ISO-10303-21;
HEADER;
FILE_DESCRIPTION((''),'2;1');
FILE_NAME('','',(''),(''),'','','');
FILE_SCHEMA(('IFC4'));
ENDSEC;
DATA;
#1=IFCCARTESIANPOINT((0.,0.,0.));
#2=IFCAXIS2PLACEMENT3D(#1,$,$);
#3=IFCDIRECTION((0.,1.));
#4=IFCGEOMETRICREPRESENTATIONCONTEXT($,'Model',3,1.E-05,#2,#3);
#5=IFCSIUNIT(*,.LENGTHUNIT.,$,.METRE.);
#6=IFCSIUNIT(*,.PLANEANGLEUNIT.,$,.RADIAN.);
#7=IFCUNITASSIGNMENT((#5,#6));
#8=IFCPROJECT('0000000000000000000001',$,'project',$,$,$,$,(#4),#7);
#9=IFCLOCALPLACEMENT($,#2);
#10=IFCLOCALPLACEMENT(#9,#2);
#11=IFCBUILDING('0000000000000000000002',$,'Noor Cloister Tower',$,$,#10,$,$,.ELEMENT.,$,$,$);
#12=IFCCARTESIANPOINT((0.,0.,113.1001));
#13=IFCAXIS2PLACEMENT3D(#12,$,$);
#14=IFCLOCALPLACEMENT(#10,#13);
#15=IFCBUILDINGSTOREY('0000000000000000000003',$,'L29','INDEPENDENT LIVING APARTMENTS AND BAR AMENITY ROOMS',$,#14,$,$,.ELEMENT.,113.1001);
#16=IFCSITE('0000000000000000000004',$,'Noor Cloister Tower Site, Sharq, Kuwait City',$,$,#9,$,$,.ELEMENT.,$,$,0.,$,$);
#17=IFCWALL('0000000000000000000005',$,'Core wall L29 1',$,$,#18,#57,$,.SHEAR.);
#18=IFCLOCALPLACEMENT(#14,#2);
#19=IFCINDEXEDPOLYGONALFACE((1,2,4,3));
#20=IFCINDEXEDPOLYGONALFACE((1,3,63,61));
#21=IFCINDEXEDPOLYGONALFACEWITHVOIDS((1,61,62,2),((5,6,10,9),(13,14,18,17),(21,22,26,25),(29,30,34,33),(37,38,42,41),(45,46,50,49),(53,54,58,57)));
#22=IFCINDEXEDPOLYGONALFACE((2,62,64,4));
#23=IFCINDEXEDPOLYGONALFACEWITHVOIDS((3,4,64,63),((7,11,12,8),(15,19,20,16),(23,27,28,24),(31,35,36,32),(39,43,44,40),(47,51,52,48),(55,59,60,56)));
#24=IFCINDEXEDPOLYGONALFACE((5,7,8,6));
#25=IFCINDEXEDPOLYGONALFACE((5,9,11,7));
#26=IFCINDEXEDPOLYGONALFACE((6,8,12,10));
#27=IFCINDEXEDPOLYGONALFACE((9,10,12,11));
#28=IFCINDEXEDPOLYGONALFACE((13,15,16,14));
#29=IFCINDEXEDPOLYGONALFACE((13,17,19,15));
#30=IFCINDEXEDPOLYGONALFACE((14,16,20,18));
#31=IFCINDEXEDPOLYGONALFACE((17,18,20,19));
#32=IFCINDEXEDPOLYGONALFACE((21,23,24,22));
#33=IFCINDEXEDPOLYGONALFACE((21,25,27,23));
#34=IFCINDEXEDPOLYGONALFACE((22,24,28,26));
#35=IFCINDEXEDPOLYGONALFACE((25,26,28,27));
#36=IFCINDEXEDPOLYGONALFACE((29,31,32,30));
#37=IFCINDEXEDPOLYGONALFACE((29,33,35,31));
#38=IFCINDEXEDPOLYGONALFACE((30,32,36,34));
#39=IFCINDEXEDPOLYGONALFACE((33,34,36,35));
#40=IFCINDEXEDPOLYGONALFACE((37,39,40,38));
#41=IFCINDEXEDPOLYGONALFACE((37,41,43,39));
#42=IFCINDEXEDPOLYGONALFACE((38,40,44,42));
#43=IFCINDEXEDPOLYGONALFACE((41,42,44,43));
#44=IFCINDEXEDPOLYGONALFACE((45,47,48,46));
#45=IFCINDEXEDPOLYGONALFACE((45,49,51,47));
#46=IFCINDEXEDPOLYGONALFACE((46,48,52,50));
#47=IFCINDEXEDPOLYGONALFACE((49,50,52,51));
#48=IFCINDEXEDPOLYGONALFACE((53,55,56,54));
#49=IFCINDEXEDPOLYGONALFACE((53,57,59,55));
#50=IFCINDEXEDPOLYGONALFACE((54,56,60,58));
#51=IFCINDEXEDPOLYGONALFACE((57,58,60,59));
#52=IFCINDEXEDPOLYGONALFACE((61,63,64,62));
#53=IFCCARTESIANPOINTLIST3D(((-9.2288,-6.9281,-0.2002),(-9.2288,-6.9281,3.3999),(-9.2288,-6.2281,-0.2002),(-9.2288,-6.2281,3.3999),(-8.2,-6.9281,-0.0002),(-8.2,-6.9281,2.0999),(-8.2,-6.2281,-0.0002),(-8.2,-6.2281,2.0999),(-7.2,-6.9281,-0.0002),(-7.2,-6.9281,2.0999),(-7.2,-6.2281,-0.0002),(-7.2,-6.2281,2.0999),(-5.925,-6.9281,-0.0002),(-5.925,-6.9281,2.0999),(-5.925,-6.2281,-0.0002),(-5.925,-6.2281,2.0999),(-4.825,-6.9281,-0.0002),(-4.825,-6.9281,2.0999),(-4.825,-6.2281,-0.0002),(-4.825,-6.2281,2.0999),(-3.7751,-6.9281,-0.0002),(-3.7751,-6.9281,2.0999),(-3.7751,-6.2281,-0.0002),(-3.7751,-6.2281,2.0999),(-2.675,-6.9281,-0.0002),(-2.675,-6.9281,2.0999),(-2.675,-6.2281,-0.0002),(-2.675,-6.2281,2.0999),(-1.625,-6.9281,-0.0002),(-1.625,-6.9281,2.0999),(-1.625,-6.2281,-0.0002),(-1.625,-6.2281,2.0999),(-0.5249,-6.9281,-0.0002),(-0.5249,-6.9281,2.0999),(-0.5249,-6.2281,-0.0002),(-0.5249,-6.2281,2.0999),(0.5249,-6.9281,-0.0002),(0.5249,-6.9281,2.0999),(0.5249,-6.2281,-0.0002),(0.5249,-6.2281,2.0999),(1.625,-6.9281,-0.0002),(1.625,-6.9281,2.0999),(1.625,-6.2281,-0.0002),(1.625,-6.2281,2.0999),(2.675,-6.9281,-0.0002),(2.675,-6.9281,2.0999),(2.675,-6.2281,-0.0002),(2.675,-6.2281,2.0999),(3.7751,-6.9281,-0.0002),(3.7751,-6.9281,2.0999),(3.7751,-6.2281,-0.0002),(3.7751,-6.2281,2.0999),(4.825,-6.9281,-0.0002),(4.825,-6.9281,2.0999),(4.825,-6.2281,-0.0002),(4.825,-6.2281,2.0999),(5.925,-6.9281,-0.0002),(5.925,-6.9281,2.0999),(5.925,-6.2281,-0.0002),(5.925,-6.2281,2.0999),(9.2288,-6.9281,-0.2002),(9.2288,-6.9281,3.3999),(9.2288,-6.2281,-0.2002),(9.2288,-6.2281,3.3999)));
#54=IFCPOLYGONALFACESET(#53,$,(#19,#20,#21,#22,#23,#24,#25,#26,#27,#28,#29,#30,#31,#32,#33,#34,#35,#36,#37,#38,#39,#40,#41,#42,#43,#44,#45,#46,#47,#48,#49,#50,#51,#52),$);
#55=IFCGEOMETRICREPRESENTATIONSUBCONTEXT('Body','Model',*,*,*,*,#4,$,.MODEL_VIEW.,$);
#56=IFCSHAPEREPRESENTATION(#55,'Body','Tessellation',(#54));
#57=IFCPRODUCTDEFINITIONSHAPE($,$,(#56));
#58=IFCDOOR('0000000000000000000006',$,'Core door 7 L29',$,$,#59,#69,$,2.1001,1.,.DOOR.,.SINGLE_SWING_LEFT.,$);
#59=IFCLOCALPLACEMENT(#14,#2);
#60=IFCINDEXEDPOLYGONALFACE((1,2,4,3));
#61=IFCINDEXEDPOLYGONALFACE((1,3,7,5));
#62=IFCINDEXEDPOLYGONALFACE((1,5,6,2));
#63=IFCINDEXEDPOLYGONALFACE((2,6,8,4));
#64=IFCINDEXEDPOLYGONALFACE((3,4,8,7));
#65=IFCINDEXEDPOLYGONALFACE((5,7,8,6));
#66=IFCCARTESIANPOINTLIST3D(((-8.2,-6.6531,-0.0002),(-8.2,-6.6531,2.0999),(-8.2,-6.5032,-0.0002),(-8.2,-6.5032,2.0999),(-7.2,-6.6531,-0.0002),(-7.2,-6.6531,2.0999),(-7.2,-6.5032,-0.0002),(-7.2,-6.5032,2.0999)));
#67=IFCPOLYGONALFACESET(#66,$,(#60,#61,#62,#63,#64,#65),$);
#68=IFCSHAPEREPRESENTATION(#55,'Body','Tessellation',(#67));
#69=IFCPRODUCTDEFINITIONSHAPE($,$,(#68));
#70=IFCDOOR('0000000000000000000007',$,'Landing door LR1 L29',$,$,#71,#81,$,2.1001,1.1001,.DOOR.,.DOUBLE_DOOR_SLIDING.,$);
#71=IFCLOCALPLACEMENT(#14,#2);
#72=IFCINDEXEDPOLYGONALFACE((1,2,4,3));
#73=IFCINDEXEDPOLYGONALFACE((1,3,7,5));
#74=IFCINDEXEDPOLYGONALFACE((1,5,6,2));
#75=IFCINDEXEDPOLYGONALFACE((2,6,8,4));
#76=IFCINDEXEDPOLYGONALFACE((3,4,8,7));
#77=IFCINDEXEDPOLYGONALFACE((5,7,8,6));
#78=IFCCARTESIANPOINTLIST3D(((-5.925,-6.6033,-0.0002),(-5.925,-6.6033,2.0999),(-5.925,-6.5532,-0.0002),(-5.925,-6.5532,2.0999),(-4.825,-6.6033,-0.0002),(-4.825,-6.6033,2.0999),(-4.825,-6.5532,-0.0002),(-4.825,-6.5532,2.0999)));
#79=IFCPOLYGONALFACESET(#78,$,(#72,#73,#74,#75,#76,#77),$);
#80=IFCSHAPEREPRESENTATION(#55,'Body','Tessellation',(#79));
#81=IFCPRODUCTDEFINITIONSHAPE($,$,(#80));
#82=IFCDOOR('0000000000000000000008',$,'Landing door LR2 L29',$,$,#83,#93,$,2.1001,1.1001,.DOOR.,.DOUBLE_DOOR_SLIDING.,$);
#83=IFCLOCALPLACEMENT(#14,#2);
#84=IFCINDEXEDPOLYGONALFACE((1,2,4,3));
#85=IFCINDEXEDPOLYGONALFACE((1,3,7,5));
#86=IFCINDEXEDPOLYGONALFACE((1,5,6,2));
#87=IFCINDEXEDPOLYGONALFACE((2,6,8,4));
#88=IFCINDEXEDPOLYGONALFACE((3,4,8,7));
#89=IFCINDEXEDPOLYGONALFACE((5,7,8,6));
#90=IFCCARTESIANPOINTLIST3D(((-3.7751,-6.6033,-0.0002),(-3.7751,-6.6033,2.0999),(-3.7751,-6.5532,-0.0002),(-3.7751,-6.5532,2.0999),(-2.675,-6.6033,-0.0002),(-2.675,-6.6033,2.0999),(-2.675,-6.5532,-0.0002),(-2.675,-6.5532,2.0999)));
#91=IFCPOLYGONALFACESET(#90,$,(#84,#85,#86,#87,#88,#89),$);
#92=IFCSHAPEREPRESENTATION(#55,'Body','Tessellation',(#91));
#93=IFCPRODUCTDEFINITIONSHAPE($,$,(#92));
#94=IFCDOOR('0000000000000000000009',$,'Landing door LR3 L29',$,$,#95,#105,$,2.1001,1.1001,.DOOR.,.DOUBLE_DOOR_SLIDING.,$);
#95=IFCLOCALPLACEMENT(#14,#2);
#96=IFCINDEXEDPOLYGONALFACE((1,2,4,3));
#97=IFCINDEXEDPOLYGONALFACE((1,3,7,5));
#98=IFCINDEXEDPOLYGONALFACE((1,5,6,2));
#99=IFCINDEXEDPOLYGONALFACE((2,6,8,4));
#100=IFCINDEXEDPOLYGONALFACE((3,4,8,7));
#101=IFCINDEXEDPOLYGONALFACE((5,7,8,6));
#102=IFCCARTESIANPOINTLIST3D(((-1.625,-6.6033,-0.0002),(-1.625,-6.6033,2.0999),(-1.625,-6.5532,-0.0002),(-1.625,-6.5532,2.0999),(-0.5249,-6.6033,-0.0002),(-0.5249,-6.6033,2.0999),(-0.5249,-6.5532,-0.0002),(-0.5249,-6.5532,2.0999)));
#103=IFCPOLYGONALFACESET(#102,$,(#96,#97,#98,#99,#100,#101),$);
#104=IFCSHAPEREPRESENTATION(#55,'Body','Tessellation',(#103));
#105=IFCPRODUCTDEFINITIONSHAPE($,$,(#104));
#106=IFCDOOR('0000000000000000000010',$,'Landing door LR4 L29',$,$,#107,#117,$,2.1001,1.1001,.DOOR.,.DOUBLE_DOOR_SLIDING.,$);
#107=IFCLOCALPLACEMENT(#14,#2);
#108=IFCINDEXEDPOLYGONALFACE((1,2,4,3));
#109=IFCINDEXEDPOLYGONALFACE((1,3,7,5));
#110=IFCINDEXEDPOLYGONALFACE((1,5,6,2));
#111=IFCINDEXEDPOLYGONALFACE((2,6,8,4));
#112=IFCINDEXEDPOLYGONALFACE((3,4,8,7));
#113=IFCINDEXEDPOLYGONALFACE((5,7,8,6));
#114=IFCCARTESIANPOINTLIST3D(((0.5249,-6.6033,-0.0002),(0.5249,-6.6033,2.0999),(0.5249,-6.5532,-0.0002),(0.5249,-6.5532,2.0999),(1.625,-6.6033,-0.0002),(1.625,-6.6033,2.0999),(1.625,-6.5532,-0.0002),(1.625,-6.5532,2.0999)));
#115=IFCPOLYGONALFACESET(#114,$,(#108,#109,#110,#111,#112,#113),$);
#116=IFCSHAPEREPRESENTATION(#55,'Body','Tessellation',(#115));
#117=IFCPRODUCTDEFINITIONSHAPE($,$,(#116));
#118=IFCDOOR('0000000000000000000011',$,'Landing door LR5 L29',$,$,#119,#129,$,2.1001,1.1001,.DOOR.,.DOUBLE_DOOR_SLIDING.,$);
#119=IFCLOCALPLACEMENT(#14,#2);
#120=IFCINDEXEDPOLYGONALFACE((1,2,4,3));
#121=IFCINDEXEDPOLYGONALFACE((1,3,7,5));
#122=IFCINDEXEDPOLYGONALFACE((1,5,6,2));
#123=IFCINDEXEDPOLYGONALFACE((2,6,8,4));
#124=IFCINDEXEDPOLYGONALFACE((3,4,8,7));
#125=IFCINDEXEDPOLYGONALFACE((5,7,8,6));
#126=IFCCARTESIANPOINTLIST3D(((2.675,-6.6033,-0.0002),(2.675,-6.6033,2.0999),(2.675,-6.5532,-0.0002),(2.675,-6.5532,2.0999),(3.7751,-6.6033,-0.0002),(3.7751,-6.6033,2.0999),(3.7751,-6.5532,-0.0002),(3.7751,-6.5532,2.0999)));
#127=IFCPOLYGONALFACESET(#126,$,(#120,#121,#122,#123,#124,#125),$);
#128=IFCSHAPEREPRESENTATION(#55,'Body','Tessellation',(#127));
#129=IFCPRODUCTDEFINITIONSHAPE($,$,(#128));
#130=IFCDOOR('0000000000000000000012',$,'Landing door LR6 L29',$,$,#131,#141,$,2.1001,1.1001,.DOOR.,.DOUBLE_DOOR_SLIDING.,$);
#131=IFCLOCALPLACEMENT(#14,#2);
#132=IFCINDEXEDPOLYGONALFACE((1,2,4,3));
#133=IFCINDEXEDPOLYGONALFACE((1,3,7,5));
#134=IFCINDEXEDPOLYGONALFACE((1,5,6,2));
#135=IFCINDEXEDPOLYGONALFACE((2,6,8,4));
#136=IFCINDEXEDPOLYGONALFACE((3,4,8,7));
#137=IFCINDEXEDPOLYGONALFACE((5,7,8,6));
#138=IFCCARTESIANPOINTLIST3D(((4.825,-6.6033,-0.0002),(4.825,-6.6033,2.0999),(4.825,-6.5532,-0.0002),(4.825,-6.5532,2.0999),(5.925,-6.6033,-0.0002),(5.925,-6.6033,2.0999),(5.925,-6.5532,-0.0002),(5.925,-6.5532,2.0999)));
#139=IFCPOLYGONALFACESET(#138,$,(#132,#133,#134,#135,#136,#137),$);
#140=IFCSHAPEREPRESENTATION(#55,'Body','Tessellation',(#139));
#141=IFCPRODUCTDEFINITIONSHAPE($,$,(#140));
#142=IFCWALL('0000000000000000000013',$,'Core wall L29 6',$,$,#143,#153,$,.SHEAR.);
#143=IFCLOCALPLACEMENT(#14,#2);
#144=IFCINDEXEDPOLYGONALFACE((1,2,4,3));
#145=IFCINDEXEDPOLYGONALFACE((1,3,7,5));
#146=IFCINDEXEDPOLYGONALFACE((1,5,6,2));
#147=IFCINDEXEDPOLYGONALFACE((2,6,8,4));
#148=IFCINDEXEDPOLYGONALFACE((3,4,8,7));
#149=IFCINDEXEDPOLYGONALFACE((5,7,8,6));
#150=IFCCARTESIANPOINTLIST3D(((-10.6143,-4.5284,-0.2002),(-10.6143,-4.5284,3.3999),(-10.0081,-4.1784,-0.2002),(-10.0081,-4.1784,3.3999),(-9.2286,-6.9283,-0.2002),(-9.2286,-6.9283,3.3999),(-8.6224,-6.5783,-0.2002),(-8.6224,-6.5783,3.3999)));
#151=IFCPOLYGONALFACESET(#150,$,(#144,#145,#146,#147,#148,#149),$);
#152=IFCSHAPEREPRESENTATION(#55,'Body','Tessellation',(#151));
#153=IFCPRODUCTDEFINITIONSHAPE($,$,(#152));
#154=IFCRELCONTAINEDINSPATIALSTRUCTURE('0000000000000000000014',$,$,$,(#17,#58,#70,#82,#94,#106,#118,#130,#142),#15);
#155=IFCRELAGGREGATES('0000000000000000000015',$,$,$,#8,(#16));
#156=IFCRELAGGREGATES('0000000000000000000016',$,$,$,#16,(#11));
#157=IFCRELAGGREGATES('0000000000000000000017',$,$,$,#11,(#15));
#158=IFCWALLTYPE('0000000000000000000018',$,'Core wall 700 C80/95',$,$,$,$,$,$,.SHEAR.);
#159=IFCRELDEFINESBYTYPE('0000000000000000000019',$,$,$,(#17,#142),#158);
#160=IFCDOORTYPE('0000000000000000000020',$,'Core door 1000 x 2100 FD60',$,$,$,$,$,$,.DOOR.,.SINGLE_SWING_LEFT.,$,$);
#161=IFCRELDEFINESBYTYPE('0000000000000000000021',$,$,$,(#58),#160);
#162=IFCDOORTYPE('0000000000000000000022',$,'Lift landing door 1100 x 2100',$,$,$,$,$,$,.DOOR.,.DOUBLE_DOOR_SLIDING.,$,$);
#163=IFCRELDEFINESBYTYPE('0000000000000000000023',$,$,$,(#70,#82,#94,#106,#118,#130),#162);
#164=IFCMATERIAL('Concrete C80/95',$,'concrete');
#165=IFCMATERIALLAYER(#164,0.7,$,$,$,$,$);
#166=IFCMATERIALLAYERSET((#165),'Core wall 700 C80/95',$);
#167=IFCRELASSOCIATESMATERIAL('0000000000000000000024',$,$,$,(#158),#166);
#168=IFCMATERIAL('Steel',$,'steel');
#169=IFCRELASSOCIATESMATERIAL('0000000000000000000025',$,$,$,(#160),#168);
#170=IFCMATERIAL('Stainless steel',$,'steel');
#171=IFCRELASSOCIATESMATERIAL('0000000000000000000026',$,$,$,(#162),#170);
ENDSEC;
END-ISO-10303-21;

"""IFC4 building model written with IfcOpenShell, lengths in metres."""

from ifc_helpers import new_model, si_unit, direction, frame, frame_2d, origin, place, context, subcontext, project, spatial, rectangle, extrude, material, layer, layer_set, type_object, element, fill, save


model = new_model("IFC4")

# Units and contexts
model_context = context("Model", 3, precision=1e-05, world=origin(), true_north=direction((0.0, 1.0)))
body_context = subcontext(model_context, "Body", "Model", "MODEL_VIEW")
ifc_project = project(units=[si_unit("LENGTHUNIT", "METRE"), si_unit("PLANEANGLEUNIT", "RADIAN")], contexts=[model_context])

# Site, building, storey
site_placement = place(None, origin())
site = spatial("IfcSite", under=ifc_project, at=site_placement, Name="Noor Cloister Tower Site, Sharq, Kuwait City", CompositionType="ELEMENT", RefElevation=0.0)
building_placement = place(site_placement, origin())
building = spatial("IfcBuilding", under=site, at=building_placement, Name="Noor Cloister Tower", CompositionType="ELEMENT")
storey_placement = place(building_placement, frame((0.0, 0.0, 113.1001)))
storey = spatial("IfcBuildingStorey", under=building, at=storey_placement, Name="L29", Description="INDEPENDENT LIVING APARTMENTS AND BAR AMENITY ROOMS", CompositionType="ELEMENT", Elevation=113.1001)

# Wall, openings, doors
ifc_material_1 = material(Name="Concrete C80/95", Category="concrete")
ifc_layer_1 = layer(ifc_material_1, 0.7)
ifc_layer_set_1 = layer_set([ifc_layer_1], Name="Core wall 700 C80/95")
wall_type_1 = type_object("IfcWallType", Name="Core wall 700 C80/95", PredefinedType="SHEAR", material=ifc_layer_set_1)
wall_1_placement = place(storey_placement, frame((-9.2288, -6.5781, -0.2002), z_axis=(0.0, 0.0, 1.0), x_axis=(1.0, 0.0, 0.0)))
wall_1 = element("IfcWall", 1, at=wall_1_placement, inside=storey, type_object=wall_type_1, Name="Core wall L29 1", PredefinedType="SHEAR", context=body_context, shape_type="SweptSolid", body=[
    extrude(rectangle(XDim=18.4575, YDim=0.7, at=frame_2d((9.2288, 0.0))), origin(), (0.0, 0.0, 1.0), 3.6001),
])
opening_1_placement = place(wall_1_placement, frame((3.3037, 0.0, 0.2)))
opening_1 = element("IfcOpeningElement", 2, at=opening_1_placement, cuts=wall_1, PredefinedType="OPENING", context=body_context, shape_type="SweptSolid", body=[
    extrude(rectangle(XDim=1.1001, YDim=2.1001, at=frame_2d((0.55, 1.05))), frame((0.0, 0.3599, 0.0), z_axis=(0.0, -1.0, 0.0), x_axis=(1.0, 0.0, 0.0)), (0.0, 0.0, 1.0), 0.72),
])
opening_2_placement = place(wall_1_placement, frame((5.4536, 0.0, 0.2)))
opening_2 = element("IfcOpeningElement", 3, at=opening_2_placement, cuts=wall_1, PredefinedType="OPENING", context=body_context, shape_type="SweptSolid", body=[
    extrude(rectangle(XDim=1.1001, YDim=2.1001, at=frame_2d((0.55, 1.05))), frame((0.0, 0.3599, 0.0), z_axis=(0.0, -1.0, 0.0), x_axis=(1.0, 0.0, 0.0)), (0.0, 0.0, 1.0), 0.72),
])
opening_3_placement = place(wall_1_placement, frame((7.6038, 0.0, 0.2)))
opening_3 = element("IfcOpeningElement", 4, at=opening_3_placement, cuts=wall_1, PredefinedType="OPENING", context=body_context, shape_type="SweptSolid", body=[
    extrude(rectangle(XDim=1.1001, YDim=2.1001, at=frame_2d((0.55, 1.05))), frame((0.0, 0.3599, 0.0), z_axis=(0.0, -1.0, 0.0), x_axis=(1.0, 0.0, 0.0)), (0.0, 0.0, 1.0), 0.72),
])
opening_4_placement = place(wall_1_placement, frame((9.7537, 0.0, 0.2)))
opening_4 = element("IfcOpeningElement", 5, at=opening_4_placement, cuts=wall_1, PredefinedType="OPENING", context=body_context, shape_type="SweptSolid", body=[
    extrude(rectangle(XDim=1.1001, YDim=2.1001, at=frame_2d((0.55, 1.05))), frame((0.0, 0.3599, 0.0), z_axis=(0.0, -1.0, 0.0), x_axis=(1.0, 0.0, 0.0)), (0.0, 0.0, 1.0), 0.72),
])
opening_5_placement = place(wall_1_placement, frame((11.9038, 0.0, 0.2)))
opening_5 = element("IfcOpeningElement", 6, at=opening_5_placement, cuts=wall_1, PredefinedType="OPENING", context=body_context, shape_type="SweptSolid", body=[
    extrude(rectangle(XDim=1.1001, YDim=2.1001, at=frame_2d((0.55, 1.05))), frame((0.0, 0.3599, 0.0), z_axis=(0.0, -1.0, 0.0), x_axis=(1.0, 0.0, 0.0)), (0.0, 0.0, 1.0), 0.72),
])
opening_6_placement = place(wall_1_placement, frame((14.0537, 0.0, 0.2)))
opening_6 = element("IfcOpeningElement", 7, at=opening_6_placement, cuts=wall_1, PredefinedType="OPENING", context=body_context, shape_type="SweptSolid", body=[
    extrude(rectangle(XDim=1.1001, YDim=2.1001, at=frame_2d((0.55, 1.05))), frame((0.0, 0.3599, 0.0), z_axis=(0.0, -1.0, 0.0), x_axis=(1.0, 0.0, 0.0)), (0.0, 0.0, 1.0), 0.72),
])
opening_7_placement = place(wall_1_placement, frame((1.0288, 0.0, 0.2)))
opening_7 = element("IfcOpeningElement", 8, at=opening_7_placement, cuts=wall_1, PredefinedType="OPENING", context=body_context, shape_type="SweptSolid", body=[
    extrude(rectangle(XDim=1.0, YDim=2.1001, at=frame_2d((0.5, 1.05))), frame((0.0, 0.3599, 0.0), z_axis=(0.0, -1.0, 0.0), x_axis=(1.0, 0.0, 0.0)), (0.0, 0.0, 1.0), 0.72),
])
ifc_material_2 = material(Name="Steel", Category="steel")
door_type_1 = type_object("IfcDoorType", Name="Core door 1000 x 2100 FD60", OperationType="SINGLE_SWING_LEFT", PredefinedType="DOOR", material=ifc_material_2)
door_1_placement = place(opening_7_placement, origin())
door_1 = element("IfcDoor", 9, at=door_1_placement, inside=storey, type_object=door_type_1, Name="Core door 7 L29", OperationType="SINGLE_SWING_LEFT", OverallHeight=2.1001, OverallWidth=1.0, PredefinedType="DOOR", context=body_context, shape_type="SweptSolid", body=[
    extrude(rectangle(XDim=1.0, YDim=2.1001, at=frame_2d((0.5, 1.05))), frame((0.0, 0.075, 0.0), z_axis=(0.0, -1.0, 0.0), x_axis=(1.0, 0.0, 0.0)), (0.0, 0.0, 1.0), 0.1499),
])
fill(opening_7, door_1)
ifc_material_3 = material(Name="Stainless steel", Category="steel")
door_type_2 = type_object("IfcDoorType", Name="Lift landing door 1100 x 2100", OperationType="DOUBLE_DOOR_SLIDING", PredefinedType="DOOR", material=ifc_material_3)
door_2_placement = place(opening_1_placement, origin())
door_2 = element("IfcDoor", 10, at=door_2_placement, inside=storey, type_object=door_type_2, Name="Landing door LR1 L29", OperationType="DOUBLE_DOOR_SLIDING", OverallHeight=2.1001, OverallWidth=1.1001, PredefinedType="DOOR", context=body_context, shape_type="SweptSolid", body=[
    extrude(rectangle(XDim=1.1001, YDim=2.1001, at=frame_2d((0.55, 1.05))), frame((0.0, 0.0249, 0.0), z_axis=(0.0, -1.0, 0.0), x_axis=(1.0, 0.0, 0.0)), (0.0, 0.0, 1.0), 0.05),
])
fill(opening_1, door_2)
door_3_placement = place(opening_2_placement, origin())
door_3 = element("IfcDoor", 11, at=door_3_placement, inside=storey, type_object=door_type_2, Name="Landing door LR2 L29", OperationType="DOUBLE_DOOR_SLIDING", OverallHeight=2.1001, OverallWidth=1.1001, PredefinedType="DOOR", context=body_context, shape_type="SweptSolid", body=[
    extrude(rectangle(XDim=1.1001, YDim=2.1001, at=frame_2d((0.55, 1.05))), frame((0.0, 0.0249, 0.0), z_axis=(0.0, -1.0, 0.0), x_axis=(1.0, 0.0, 0.0)), (0.0, 0.0, 1.0), 0.05),
])
fill(opening_2, door_3)
door_4_placement = place(opening_3_placement, origin())
door_4 = element("IfcDoor", 12, at=door_4_placement, inside=storey, type_object=door_type_2, Name="Landing door LR3 L29", OperationType="DOUBLE_DOOR_SLIDING", OverallHeight=2.1001, OverallWidth=1.1001, PredefinedType="DOOR", context=body_context, shape_type="SweptSolid", body=[
    extrude(rectangle(XDim=1.1001, YDim=2.1001, at=frame_2d((0.55, 1.05))), frame((0.0, 0.0249, 0.0), z_axis=(0.0, -1.0, 0.0), x_axis=(1.0, 0.0, 0.0)), (0.0, 0.0, 1.0), 0.05),
])
fill(opening_3, door_4)
door_5_placement = place(opening_4_placement, origin())
door_5 = element("IfcDoor", 13, at=door_5_placement, inside=storey, type_object=door_type_2, Name="Landing door LR4 L29", OperationType="DOUBLE_DOOR_SLIDING", OverallHeight=2.1001, OverallWidth=1.1001, PredefinedType="DOOR", context=body_context, shape_type="SweptSolid", body=[
    extrude(rectangle(XDim=1.1001, YDim=2.1001, at=frame_2d((0.55, 1.05))), frame((0.0, 0.0249, 0.0), z_axis=(0.0, -1.0, 0.0), x_axis=(1.0, 0.0, 0.0)), (0.0, 0.0, 1.0), 0.05),
])
fill(opening_4, door_5)
door_6_placement = place(opening_5_placement, origin())
door_6 = element("IfcDoor", 14, at=door_6_placement, inside=storey, type_object=door_type_2, Name="Landing door LR5 L29", OperationType="DOUBLE_DOOR_SLIDING", OverallHeight=2.1001, OverallWidth=1.1001, PredefinedType="DOOR", context=body_context, shape_type="SweptSolid", body=[
    extrude(rectangle(XDim=1.1001, YDim=2.1001, at=frame_2d((0.55, 1.05))), frame((0.0, 0.0249, 0.0), z_axis=(0.0, -1.0, 0.0), x_axis=(1.0, 0.0, 0.0)), (0.0, 0.0, 1.0), 0.05),
])
fill(opening_5, door_6)
door_7_placement = place(opening_6_placement, origin())
door_7 = element("IfcDoor", 15, at=door_7_placement, inside=storey, type_object=door_type_2, Name="Landing door LR6 L29", OperationType="DOUBLE_DOOR_SLIDING", OverallHeight=2.1001, OverallWidth=1.1001, PredefinedType="DOOR", context=body_context, shape_type="SweptSolid", body=[
    extrude(rectangle(XDim=1.1001, YDim=2.1001, at=frame_2d((0.55, 1.05))), frame((0.0, 0.0249, 0.0), z_axis=(0.0, -1.0, 0.0), x_axis=(1.0, 0.0, 0.0)), (0.0, 0.0, 1.0), 0.05),
])
fill(opening_6, door_7)

# Wall
wall_2_placement = place(storey_placement, frame((-10.3113, -4.3533, -0.2002), z_axis=(0.0, 0.0, 1.0), x_axis=(0.500043, -0.866001, 0.0)))
element("IfcWall", 16, at=wall_2_placement, inside=storey, type_object=wall_type_1, Name="Core wall L29 6", PredefinedType="SHEAR", context=body_context, shape_type="SweptSolid", body=[
    extrude(rectangle(XDim=2.7712, YDim=0.7, at=frame_2d((1.3857, 0.0))), origin(), (0.0, 0.0, 1.0), 3.6001),
])

save(model, "model.ifc")
